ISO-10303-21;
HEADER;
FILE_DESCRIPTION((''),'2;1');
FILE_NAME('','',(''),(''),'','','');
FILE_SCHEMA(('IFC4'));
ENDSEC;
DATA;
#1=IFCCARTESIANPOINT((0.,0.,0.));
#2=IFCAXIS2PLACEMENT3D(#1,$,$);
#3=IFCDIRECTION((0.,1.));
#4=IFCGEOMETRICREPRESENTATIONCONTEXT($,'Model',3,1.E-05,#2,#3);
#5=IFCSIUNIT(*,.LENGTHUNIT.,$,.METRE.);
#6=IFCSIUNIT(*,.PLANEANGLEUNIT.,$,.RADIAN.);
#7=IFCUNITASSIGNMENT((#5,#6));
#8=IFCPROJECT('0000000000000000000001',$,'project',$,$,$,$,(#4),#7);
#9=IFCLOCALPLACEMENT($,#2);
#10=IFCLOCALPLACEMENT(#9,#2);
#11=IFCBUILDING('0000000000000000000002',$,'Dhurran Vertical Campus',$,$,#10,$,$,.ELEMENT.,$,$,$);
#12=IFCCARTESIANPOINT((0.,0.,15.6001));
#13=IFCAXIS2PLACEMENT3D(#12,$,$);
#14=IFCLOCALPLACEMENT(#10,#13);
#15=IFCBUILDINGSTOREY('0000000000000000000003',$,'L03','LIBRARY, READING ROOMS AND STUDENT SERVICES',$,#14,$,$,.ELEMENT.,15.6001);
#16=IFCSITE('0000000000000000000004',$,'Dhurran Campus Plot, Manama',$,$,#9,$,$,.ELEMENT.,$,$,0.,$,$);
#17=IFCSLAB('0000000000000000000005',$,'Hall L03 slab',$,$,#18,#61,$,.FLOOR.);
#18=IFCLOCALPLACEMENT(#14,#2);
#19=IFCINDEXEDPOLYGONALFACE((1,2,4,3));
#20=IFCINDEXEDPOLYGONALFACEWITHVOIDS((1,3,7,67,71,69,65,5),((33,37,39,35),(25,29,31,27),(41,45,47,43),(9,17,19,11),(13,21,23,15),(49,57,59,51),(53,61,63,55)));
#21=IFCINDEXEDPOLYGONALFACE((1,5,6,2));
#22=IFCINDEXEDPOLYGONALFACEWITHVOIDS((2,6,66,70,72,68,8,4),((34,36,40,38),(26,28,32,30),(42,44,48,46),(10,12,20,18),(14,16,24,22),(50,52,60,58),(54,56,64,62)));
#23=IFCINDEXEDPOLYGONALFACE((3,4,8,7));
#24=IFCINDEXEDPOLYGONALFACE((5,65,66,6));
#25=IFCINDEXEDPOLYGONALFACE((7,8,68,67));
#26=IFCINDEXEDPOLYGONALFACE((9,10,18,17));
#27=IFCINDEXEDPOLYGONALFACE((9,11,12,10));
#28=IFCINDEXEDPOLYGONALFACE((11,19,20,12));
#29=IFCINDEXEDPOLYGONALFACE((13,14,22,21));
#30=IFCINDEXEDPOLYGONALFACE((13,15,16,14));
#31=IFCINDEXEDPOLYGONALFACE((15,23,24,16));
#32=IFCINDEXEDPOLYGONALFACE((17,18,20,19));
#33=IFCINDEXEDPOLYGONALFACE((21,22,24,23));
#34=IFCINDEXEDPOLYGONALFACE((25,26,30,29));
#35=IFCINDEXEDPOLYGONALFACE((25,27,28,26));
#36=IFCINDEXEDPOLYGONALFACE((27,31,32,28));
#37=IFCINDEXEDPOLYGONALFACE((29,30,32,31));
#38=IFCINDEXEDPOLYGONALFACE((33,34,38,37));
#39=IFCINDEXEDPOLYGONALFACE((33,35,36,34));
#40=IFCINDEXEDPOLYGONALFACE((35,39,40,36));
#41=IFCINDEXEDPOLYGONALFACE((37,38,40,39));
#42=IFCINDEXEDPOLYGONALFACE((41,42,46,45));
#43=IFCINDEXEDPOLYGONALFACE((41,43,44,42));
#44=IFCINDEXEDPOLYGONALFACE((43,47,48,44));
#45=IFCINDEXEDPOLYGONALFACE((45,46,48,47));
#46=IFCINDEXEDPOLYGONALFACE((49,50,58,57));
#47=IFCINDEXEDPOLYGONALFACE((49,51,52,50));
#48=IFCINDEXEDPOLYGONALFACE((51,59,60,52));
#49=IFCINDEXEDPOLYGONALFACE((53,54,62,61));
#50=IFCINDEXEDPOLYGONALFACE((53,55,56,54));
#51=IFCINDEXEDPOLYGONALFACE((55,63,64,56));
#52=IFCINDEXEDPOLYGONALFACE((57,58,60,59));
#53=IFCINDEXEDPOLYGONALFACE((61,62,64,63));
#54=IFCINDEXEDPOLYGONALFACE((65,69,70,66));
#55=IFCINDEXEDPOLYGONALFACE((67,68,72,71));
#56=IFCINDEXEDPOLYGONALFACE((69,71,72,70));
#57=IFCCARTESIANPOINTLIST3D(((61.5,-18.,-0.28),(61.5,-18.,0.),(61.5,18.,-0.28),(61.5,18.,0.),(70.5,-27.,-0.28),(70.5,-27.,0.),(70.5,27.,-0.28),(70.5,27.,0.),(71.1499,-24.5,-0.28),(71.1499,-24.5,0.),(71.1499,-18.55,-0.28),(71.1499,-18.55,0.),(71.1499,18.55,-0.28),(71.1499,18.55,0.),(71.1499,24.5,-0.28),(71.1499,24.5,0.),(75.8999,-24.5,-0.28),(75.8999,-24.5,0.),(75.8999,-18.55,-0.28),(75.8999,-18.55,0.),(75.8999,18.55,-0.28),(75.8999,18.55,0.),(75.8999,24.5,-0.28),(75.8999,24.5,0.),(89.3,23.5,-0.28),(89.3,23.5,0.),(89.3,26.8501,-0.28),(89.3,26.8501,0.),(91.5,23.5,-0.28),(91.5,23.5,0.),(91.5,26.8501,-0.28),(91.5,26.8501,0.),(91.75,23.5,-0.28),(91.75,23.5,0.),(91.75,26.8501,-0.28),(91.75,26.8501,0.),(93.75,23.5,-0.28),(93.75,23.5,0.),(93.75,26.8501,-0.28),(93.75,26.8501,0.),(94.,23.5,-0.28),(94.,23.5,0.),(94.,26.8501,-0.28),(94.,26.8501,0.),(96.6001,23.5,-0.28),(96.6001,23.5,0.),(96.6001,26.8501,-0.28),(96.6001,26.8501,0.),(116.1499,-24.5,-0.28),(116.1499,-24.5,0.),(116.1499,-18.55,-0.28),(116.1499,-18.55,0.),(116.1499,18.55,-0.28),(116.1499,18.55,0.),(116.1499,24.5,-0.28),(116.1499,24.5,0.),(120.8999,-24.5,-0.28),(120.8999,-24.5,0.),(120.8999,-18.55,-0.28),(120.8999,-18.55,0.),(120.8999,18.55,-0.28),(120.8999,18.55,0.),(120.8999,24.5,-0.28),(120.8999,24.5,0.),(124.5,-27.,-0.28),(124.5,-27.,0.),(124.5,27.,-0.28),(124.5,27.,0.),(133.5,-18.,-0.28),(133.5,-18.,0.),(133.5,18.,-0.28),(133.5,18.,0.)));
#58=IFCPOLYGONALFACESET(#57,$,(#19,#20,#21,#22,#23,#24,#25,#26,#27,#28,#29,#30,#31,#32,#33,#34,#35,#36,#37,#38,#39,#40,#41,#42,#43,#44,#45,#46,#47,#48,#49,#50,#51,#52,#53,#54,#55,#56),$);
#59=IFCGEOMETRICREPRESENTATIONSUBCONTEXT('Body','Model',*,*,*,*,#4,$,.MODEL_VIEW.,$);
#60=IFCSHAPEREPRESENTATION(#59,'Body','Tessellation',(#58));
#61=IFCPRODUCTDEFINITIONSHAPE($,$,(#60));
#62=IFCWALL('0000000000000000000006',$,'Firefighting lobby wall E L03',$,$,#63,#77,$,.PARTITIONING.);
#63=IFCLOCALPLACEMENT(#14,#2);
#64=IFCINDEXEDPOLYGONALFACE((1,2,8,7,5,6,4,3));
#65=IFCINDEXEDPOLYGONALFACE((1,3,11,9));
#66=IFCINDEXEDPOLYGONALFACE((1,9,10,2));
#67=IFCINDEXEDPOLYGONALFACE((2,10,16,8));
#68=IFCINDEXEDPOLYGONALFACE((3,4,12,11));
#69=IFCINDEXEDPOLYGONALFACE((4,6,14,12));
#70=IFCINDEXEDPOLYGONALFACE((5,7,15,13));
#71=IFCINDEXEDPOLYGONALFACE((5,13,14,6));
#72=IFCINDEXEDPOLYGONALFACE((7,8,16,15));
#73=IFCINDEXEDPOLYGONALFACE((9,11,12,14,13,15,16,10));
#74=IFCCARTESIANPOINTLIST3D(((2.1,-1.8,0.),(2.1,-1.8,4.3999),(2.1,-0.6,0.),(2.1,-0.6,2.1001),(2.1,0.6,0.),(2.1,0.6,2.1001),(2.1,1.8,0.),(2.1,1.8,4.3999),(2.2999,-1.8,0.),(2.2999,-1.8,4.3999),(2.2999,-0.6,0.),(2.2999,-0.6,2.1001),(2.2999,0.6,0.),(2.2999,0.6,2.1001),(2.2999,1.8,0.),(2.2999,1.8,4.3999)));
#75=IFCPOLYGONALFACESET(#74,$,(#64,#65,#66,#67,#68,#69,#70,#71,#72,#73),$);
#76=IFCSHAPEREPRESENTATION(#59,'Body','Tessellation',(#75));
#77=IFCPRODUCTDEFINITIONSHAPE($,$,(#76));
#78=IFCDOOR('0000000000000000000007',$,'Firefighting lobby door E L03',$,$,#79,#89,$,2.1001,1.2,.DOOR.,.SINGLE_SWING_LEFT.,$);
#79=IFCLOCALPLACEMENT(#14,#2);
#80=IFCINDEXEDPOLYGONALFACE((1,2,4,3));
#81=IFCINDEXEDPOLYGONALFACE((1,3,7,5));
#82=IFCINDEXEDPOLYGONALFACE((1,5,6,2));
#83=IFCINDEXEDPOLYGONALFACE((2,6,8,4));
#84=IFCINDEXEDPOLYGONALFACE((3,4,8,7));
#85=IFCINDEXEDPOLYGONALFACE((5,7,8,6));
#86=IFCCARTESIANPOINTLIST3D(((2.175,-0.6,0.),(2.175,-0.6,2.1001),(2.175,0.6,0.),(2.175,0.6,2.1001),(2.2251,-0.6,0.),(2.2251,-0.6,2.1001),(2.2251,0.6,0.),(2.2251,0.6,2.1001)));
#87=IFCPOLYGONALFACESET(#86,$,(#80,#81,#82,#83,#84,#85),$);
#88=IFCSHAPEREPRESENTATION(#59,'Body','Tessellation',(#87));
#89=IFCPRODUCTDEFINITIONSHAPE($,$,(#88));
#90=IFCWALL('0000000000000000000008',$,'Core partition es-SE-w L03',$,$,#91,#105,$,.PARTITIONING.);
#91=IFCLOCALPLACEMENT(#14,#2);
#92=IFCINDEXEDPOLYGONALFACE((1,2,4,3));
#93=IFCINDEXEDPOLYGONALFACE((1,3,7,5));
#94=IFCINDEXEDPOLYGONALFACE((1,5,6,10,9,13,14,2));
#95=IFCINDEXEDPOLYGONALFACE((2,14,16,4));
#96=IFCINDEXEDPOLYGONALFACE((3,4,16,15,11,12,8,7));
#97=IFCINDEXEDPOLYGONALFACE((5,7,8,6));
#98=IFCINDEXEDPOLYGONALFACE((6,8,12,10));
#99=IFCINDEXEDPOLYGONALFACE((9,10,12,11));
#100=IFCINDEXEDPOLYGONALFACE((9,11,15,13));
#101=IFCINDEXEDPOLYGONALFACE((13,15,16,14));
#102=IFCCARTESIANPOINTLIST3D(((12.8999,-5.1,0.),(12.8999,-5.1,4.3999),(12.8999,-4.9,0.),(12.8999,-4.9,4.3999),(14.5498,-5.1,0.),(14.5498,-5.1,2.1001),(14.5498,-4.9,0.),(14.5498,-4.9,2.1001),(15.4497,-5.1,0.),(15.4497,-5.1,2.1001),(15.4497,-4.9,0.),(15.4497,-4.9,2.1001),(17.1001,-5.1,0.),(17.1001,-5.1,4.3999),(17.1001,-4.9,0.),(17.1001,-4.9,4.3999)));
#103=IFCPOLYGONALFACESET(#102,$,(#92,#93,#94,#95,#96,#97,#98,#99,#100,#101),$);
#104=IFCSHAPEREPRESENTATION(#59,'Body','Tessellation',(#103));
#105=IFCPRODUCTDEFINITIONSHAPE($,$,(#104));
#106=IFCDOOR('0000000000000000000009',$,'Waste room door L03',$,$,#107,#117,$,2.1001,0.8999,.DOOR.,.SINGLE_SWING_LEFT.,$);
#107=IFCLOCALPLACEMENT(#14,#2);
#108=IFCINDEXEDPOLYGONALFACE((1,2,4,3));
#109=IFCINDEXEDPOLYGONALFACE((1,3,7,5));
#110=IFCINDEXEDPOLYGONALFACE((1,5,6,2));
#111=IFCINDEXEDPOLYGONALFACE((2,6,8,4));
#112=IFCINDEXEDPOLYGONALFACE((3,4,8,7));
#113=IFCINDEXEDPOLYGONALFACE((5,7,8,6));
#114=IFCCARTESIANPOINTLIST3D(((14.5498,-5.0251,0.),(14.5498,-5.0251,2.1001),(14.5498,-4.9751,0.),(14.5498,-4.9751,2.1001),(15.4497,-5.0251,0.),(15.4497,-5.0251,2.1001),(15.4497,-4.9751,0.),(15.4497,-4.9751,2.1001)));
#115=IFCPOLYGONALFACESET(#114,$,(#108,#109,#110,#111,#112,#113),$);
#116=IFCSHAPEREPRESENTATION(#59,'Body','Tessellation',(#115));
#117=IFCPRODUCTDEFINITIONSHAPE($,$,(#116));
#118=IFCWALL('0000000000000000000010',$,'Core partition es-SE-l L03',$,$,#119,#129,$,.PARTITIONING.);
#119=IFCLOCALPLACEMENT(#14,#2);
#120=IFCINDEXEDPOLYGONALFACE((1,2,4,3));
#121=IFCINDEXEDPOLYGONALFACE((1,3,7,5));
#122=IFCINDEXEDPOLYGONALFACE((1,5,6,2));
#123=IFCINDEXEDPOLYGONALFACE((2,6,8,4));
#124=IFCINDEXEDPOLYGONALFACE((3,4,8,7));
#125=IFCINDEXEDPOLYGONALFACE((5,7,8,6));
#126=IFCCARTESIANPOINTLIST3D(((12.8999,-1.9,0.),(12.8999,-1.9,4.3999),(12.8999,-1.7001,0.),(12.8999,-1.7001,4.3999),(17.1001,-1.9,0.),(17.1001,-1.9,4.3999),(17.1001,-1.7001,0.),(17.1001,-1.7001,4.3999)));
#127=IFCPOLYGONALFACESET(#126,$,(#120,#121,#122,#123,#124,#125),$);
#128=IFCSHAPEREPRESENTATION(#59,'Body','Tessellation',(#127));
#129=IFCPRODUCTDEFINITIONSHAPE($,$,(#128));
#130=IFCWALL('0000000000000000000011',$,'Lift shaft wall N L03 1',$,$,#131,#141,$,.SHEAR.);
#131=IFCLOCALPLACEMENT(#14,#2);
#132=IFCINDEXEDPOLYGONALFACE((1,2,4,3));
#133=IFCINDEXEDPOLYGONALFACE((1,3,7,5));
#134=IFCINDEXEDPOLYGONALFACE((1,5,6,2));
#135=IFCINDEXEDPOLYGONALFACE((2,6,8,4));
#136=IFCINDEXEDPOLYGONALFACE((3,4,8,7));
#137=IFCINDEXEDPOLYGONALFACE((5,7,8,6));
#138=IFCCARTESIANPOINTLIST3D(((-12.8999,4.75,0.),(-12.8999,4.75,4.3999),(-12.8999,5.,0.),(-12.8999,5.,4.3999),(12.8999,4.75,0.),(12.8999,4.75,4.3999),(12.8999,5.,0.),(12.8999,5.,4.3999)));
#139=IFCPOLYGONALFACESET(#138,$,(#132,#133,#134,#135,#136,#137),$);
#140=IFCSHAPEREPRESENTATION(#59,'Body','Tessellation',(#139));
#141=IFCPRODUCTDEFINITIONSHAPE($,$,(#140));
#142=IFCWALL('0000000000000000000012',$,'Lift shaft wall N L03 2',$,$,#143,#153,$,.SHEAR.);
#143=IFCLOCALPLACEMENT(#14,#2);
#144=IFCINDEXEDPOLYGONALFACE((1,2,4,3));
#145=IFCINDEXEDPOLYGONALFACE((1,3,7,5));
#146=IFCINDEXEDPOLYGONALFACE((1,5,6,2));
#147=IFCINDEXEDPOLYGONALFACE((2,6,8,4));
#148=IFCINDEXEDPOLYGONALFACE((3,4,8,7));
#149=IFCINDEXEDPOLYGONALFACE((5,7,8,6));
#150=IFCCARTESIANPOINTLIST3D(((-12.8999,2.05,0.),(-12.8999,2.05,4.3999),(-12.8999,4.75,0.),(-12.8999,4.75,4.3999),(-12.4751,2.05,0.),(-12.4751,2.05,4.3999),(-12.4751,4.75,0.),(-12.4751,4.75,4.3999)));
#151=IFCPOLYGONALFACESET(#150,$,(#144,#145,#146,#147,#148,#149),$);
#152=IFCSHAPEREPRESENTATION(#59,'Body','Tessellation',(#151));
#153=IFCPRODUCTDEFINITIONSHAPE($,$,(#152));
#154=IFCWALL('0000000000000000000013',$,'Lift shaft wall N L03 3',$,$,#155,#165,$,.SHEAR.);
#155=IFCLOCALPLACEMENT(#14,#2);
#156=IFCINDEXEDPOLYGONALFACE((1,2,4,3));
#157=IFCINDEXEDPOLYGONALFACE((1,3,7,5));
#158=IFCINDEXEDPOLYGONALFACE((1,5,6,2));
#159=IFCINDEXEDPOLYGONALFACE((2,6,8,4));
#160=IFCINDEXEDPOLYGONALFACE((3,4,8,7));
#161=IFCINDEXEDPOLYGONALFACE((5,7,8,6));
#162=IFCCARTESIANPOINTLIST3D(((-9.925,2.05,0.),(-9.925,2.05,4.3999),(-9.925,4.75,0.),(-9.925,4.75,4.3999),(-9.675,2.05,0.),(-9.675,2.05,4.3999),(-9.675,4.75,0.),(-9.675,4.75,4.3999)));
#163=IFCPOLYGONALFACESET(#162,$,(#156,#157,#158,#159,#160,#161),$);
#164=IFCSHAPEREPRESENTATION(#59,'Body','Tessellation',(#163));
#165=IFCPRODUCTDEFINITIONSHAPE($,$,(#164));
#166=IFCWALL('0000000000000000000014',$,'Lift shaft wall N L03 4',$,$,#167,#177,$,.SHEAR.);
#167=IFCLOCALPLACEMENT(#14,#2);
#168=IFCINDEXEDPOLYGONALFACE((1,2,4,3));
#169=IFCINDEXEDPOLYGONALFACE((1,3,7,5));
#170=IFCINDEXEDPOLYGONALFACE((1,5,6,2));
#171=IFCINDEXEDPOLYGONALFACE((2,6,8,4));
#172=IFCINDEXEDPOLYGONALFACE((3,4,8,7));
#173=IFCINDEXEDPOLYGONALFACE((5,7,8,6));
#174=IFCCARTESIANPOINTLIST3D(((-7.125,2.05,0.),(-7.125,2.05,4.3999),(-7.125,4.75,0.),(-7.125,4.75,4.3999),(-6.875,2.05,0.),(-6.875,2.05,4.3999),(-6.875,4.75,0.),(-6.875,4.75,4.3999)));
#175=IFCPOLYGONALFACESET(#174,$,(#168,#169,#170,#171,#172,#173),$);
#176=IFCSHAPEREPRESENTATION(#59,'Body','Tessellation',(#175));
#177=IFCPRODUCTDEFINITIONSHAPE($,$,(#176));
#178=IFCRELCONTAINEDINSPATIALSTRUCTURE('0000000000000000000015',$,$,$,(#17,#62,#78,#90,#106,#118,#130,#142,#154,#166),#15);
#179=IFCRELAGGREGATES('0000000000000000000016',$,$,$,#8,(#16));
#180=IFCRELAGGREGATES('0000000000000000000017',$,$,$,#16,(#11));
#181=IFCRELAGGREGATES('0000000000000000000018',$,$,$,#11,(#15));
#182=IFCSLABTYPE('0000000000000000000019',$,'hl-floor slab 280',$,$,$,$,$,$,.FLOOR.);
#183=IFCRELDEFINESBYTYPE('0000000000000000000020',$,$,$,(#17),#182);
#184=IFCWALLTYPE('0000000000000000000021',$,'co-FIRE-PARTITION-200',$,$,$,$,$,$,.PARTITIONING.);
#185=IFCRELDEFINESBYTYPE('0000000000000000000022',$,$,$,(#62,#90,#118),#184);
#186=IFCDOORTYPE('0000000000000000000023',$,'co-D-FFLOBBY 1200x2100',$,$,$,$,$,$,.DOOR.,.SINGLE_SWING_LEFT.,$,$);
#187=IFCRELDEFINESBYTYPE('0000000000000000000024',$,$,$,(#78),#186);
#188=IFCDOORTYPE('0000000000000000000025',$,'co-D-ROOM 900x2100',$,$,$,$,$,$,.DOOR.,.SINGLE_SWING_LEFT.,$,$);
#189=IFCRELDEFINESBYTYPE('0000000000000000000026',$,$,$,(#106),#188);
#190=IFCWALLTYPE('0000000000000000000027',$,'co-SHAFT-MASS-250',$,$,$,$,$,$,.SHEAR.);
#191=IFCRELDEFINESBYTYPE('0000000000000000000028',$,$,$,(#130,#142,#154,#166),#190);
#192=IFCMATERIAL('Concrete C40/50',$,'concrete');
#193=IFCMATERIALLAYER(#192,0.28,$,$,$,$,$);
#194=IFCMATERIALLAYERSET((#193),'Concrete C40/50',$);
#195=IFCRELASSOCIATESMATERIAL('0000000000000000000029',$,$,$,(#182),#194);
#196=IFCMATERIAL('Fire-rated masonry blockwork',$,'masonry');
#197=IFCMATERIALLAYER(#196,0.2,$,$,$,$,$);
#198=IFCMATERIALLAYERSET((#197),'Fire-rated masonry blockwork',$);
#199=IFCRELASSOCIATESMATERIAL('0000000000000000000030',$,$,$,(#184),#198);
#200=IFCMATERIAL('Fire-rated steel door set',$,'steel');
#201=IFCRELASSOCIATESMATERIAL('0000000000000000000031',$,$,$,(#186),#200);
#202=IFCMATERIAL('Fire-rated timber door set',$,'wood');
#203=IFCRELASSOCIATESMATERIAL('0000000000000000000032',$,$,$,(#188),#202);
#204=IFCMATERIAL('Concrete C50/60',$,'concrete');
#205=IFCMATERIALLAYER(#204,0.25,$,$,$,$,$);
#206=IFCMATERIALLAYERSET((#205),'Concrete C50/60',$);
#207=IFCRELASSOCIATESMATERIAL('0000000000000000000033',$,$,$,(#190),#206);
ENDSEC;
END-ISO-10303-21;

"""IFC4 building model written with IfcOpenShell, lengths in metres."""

from ifc_helpers import new_model, si_unit, direction, frame, frame_2d, origin, place, context, subcontext, project, spatial, polyline, rectangle, outline, extrude, material, layer, layer_set, type_object, element, fill, save


model = new_model("IFC4")

# Units and contexts
model_context = context("Model", 3, precision=1e-05, world=origin(), true_north=direction((0.0, 1.0)))
body_context = subcontext(model_context, "Body", "Model", "MODEL_VIEW")
ifc_project = project(units=[si_unit("LENGTHUNIT", "METRE"), si_unit("PLANEANGLEUNIT", "RADIAN")], contexts=[model_context])

# Site, building, storey
site_placement = place(None, origin())
site = spatial("IfcSite", under=ifc_project, at=site_placement, Name="Dhurran Campus Plot, Manama", CompositionType="ELEMENT", RefElevation=0.0)
building_placement = place(site_placement, origin())
building = spatial("IfcBuilding", under=site, at=building_placement, Name="Dhurran Vertical Campus", CompositionType="ELEMENT")
storey_placement = place(building_placement, frame((0.0, 0.0, 15.6001)))
storey = spatial("IfcBuildingStorey", under=building, at=storey_placement, Name="L03", Description="LIBRARY, READING ROOMS AND STUDENT SERVICES", CompositionType="ELEMENT", Elevation=15.6001)

# Slab
ifc_material_1 = material(Name="Concrete C40/50", Category="concrete")
ifc_layer_1 = layer(ifc_material_1, 0.28)
ifc_layer_set_1 = layer_set([ifc_layer_1], Name="Concrete C40/50")
slab_type_1 = type_object("IfcSlabType", Name="hl-floor slab 280", PredefinedType="FLOOR", material=ifc_layer_set_1)
slab_1_placement = place(storey_placement, frame((0.0, 0.0, -0.28)))
element("IfcSlab", 1, at=slab_1_placement, inside=storey, type_object=slab_type_1, Name="Hall L03 slab", PredefinedType="FLOOR", context=body_context, shape_type="SweptSolid", body=[
    extrude(outline(polyline([(61.5, -18.0), (70.5, -27.0), (124.5, -27.0), (133.5, -18.0), (133.5, 18.0), (124.5, 27.0), (70.5, 27.0), (61.5, 18.0), (61.5, -18.0)]), holes=[polyline([(71.1499, -24.5), (75.8999, -24.5), (75.8999, -18.55), (71.1499, -18.55), (71.1499, -24.5)]), polyline([(116.1499, 18.55), (120.8999, 18.55), (120.8999, 24.5), (116.1499, 24.5), (116.1499, 18.55)]), polyline([(71.1499, 18.55), (75.8999, 18.55), (75.8999, 24.5), (71.1499, 24.5), (71.1499, 18.55)]), polyline([(116.1499, -24.5), (120.8999, -24.5), (120.8999, -18.55), (116.1499, -18.55), (116.1499, -24.5)]), polyline([(89.3, 23.5), (91.5, 23.5), (91.5, 26.8501), (89.3, 26.8501), (89.3, 23.5)]), polyline([(91.75, 23.5), (93.75, 23.5), (93.75, 26.8501), (91.75, 26.8501), (91.75, 23.5)]), polyline([(94.0, 23.5), (96.6001, 23.5), (96.6001, 26.8501), (94.0, 26.8501), (94.0, 23.5)])]), origin(), (0.0, 0.0, 1.0), 0.28),
])

# Walls, openings, doors
ifc_material_2 = material(Name="Fire-rated masonry blockwork", Category="masonry")
ifc_layer_2 = layer(ifc_material_2, 0.2)
ifc_layer_set_2 = layer_set([ifc_layer_2], Name="Fire-rated masonry blockwork")
wall_type_1 = type_object("IfcWallType", Name="co-FIRE-PARTITION-200", PredefinedType="PARTITIONING", material=ifc_layer_set_2)
wall_1_placement = place(storey_placement, frame((2.2, -1.8, 0.0), z_axis=(0.0, 0.0, 1.0), x_axis=(0.0, 1.0, 0.0)))
wall_1 = element("IfcWall", 2, at=wall_1_placement, inside=storey, type_object=wall_type_1, Name="Firefighting lobby wall E L03", PredefinedType="PARTITIONING", context=body_context, shape_type="SweptSolid", body=[
    extrude(rectangle(XDim=3.6001, YDim=0.2, at=frame_2d((1.8, 0.0))), origin(), (0.0, 0.0, 1.0), 4.3999),
])
opening_1_placement = place(wall_1_placement, frame((1.2, 0.0, 0.0)))
opening_1 = element("IfcOpeningElement", 3, at=opening_1_placement, cuts=wall_1, PredefinedType="OPENING", context=body_context, shape_type="SweptSolid", body=[
    extrude(rectangle(XDim=1.2, YDim=2.1001, at=frame_2d((0.6001, 1.05))), frame((0.0, 0.1099, 0.0), z_axis=(0.0, -1.0, 0.0), x_axis=(1.0, 0.0, 0.0)), (0.0, 0.0, 1.0), 0.22),
])
ifc_material_3 = material(Name="Fire-rated steel door set", Category="steel")
door_type_1 = type_object("IfcDoorType", Name="co-D-FFLOBBY 1200x2100", OperationType="SINGLE_SWING_LEFT", PredefinedType="DOOR", material=ifc_material_3)
door_1_placement = place(opening_1_placement, origin())
door_1 = element("IfcDoor", 4, at=door_1_placement, inside=storey, type_object=door_type_1, Name="Firefighting lobby door E L03", OperationType="SINGLE_SWING_LEFT", OverallHeight=2.1001, OverallWidth=1.2, PredefinedType="DOOR", context=body_context, shape_type="SweptSolid", body=[
    extrude(rectangle(XDim=1.2, YDim=2.1001, at=frame_2d((0.6001, 1.05))), frame((0.0, 0.0249, 0.0), z_axis=(0.0, -1.0, 0.0), x_axis=(1.0, 0.0, 0.0)), (0.0, 0.0, 1.0), 0.05),
])
fill(opening_1, door_1)
wall_2_placement = place(storey_placement, frame((12.8999, -5.0, 0.0), z_axis=(0.0, 0.0, 1.0), x_axis=(1.0, 0.0, 0.0)))
wall_2 = element("IfcWall", 5, at=wall_2_placement, inside=storey, type_object=wall_type_1, Name="Core partition es-SE-w L03", PredefinedType="PARTITIONING", context=body_context, shape_type="SweptSolid", body=[
    extrude(rectangle(XDim=4.2002, YDim=0.2, at=frame_2d((2.1001, 0.0))), origin(), (0.0, 0.0, 1.0), 4.3999),
])
opening_2_placement = place(wall_2_placement, frame((1.6499, 0.0, 0.0)))
opening_2 = element("IfcOpeningElement", 6, at=opening_2_placement, cuts=wall_2, PredefinedType="OPENING", context=body_context, shape_type="SweptSolid", body=[
    extrude(rectangle(XDim=0.8999, YDim=2.1001, at=frame_2d((0.45, 1.05))), frame((0.0, 0.1099, 0.0), z_axis=(0.0, -1.0, 0.0), x_axis=(1.0, 0.0, 0.0)), (0.0, 0.0, 1.0), 0.22),
])
ifc_material_4 = material(Name="Fire-rated timber door set", Category="wood")
door_type_2 = type_object("IfcDoorType", Name="co-D-ROOM 900x2100", OperationType="SINGLE_SWING_LEFT", PredefinedType="DOOR", material=ifc_material_4)
door_2_placement = place(opening_2_placement, origin())
door_2 = element("IfcDoor", 7, at=door_2_placement, inside=storey, type_object=door_type_2, Name="Waste room door L03", OperationType="SINGLE_SWING_LEFT", OverallHeight=2.1001, OverallWidth=0.8999, PredefinedType="DOOR", context=body_context, shape_type="SweptSolid", body=[
    extrude(rectangle(XDim=0.8999, YDim=2.1001, at=frame_2d((0.45, 1.05))), frame((0.0, 0.0249, 0.0), z_axis=(0.0, -1.0, 0.0), x_axis=(1.0, 0.0, 0.0)), (0.0, 0.0, 1.0), 0.05),
])
fill(opening_2, door_2)

# Walls
wall_3_placement = place(storey_placement, frame((12.8999, -1.8, 0.0), z_axis=(0.0, 0.0, 1.0), x_axis=(1.0, 0.0, 0.0)))
element("IfcWall", 8, at=wall_3_placement, inside=storey, type_object=wall_type_1, Name="Core partition es-SE-l L03", PredefinedType="PARTITIONING", context=body_context, shape_type="SweptSolid", body=[
    extrude(rectangle(XDim=4.2002, YDim=0.2, at=frame_2d((2.1001, 0.0))), origin(), (0.0, 0.0, 1.0), 4.3999),
])
ifc_material_5 = material(Name="Concrete C50/60", Category="concrete")
ifc_layer_3 = layer(ifc_material_5, 0.25)
ifc_layer_set_3 = layer_set([ifc_layer_3], Name="Concrete C50/60")
wall_type_2 = type_object("IfcWallType", Name="co-SHAFT-MASS-250", PredefinedType="SHEAR", material=ifc_layer_set_3)
wall_4_placement = place(storey_placement, origin())
element("IfcWall", 9, at=wall_4_placement, inside=storey, type_object=wall_type_2, Name="Lift shaft wall N L03 1", PredefinedType="SHEAR", context=body_context, shape_type="SweptSolid", body=[
    extrude(outline(polyline([(-12.8999, 4.75), (12.8999, 4.75), (12.8999, 5.0), (-12.8999, 5.0), (-12.8999, 4.75)])), origin(), (0.0, 0.0, 1.0), 4.3999),
])
wall_5_placement = place(storey_placement, origin())
element("IfcWall", 10, at=wall_5_placement, inside=storey, type_object=wall_type_2, Name="Lift shaft wall N L03 2", PredefinedType="SHEAR", context=body_context, shape_type="SweptSolid", body=[
    extrude(outline(polyline([(-12.8999, 2.05), (-12.4751, 2.05), (-12.4751, 4.75), (-12.8999, 4.75), (-12.8999, 2.05)])), origin(), (0.0, 0.0, 1.0), 4.3999),
])
wall_6_placement = place(storey_placement, origin())
element("IfcWall", 11, at=wall_6_placement, inside=storey, type_object=wall_type_2, Name="Lift shaft wall N L03 3", PredefinedType="SHEAR", context=body_context, shape_type="SweptSolid", body=[
    extrude(outline(polyline([(-9.925, 2.05), (-9.675, 2.05), (-9.675, 4.75), (-9.925, 4.75), (-9.925, 2.05)])), origin(), (0.0, 0.0, 1.0), 4.3999),
])
wall_7_placement = place(storey_placement, origin())
element("IfcWall", 12, at=wall_7_placement, inside=storey, type_object=wall_type_2, Name="Lift shaft wall N L03 4", PredefinedType="SHEAR", context=body_context, shape_type="SweptSolid", body=[
    extrude(outline(polyline([(-7.125, 2.05), (-6.875, 2.05), (-6.875, 4.75), (-7.125, 4.75), (-7.125, 2.05)])), origin(), (0.0, 0.0, 1.0), 4.3999),
])

save(model, "model.ifc")
